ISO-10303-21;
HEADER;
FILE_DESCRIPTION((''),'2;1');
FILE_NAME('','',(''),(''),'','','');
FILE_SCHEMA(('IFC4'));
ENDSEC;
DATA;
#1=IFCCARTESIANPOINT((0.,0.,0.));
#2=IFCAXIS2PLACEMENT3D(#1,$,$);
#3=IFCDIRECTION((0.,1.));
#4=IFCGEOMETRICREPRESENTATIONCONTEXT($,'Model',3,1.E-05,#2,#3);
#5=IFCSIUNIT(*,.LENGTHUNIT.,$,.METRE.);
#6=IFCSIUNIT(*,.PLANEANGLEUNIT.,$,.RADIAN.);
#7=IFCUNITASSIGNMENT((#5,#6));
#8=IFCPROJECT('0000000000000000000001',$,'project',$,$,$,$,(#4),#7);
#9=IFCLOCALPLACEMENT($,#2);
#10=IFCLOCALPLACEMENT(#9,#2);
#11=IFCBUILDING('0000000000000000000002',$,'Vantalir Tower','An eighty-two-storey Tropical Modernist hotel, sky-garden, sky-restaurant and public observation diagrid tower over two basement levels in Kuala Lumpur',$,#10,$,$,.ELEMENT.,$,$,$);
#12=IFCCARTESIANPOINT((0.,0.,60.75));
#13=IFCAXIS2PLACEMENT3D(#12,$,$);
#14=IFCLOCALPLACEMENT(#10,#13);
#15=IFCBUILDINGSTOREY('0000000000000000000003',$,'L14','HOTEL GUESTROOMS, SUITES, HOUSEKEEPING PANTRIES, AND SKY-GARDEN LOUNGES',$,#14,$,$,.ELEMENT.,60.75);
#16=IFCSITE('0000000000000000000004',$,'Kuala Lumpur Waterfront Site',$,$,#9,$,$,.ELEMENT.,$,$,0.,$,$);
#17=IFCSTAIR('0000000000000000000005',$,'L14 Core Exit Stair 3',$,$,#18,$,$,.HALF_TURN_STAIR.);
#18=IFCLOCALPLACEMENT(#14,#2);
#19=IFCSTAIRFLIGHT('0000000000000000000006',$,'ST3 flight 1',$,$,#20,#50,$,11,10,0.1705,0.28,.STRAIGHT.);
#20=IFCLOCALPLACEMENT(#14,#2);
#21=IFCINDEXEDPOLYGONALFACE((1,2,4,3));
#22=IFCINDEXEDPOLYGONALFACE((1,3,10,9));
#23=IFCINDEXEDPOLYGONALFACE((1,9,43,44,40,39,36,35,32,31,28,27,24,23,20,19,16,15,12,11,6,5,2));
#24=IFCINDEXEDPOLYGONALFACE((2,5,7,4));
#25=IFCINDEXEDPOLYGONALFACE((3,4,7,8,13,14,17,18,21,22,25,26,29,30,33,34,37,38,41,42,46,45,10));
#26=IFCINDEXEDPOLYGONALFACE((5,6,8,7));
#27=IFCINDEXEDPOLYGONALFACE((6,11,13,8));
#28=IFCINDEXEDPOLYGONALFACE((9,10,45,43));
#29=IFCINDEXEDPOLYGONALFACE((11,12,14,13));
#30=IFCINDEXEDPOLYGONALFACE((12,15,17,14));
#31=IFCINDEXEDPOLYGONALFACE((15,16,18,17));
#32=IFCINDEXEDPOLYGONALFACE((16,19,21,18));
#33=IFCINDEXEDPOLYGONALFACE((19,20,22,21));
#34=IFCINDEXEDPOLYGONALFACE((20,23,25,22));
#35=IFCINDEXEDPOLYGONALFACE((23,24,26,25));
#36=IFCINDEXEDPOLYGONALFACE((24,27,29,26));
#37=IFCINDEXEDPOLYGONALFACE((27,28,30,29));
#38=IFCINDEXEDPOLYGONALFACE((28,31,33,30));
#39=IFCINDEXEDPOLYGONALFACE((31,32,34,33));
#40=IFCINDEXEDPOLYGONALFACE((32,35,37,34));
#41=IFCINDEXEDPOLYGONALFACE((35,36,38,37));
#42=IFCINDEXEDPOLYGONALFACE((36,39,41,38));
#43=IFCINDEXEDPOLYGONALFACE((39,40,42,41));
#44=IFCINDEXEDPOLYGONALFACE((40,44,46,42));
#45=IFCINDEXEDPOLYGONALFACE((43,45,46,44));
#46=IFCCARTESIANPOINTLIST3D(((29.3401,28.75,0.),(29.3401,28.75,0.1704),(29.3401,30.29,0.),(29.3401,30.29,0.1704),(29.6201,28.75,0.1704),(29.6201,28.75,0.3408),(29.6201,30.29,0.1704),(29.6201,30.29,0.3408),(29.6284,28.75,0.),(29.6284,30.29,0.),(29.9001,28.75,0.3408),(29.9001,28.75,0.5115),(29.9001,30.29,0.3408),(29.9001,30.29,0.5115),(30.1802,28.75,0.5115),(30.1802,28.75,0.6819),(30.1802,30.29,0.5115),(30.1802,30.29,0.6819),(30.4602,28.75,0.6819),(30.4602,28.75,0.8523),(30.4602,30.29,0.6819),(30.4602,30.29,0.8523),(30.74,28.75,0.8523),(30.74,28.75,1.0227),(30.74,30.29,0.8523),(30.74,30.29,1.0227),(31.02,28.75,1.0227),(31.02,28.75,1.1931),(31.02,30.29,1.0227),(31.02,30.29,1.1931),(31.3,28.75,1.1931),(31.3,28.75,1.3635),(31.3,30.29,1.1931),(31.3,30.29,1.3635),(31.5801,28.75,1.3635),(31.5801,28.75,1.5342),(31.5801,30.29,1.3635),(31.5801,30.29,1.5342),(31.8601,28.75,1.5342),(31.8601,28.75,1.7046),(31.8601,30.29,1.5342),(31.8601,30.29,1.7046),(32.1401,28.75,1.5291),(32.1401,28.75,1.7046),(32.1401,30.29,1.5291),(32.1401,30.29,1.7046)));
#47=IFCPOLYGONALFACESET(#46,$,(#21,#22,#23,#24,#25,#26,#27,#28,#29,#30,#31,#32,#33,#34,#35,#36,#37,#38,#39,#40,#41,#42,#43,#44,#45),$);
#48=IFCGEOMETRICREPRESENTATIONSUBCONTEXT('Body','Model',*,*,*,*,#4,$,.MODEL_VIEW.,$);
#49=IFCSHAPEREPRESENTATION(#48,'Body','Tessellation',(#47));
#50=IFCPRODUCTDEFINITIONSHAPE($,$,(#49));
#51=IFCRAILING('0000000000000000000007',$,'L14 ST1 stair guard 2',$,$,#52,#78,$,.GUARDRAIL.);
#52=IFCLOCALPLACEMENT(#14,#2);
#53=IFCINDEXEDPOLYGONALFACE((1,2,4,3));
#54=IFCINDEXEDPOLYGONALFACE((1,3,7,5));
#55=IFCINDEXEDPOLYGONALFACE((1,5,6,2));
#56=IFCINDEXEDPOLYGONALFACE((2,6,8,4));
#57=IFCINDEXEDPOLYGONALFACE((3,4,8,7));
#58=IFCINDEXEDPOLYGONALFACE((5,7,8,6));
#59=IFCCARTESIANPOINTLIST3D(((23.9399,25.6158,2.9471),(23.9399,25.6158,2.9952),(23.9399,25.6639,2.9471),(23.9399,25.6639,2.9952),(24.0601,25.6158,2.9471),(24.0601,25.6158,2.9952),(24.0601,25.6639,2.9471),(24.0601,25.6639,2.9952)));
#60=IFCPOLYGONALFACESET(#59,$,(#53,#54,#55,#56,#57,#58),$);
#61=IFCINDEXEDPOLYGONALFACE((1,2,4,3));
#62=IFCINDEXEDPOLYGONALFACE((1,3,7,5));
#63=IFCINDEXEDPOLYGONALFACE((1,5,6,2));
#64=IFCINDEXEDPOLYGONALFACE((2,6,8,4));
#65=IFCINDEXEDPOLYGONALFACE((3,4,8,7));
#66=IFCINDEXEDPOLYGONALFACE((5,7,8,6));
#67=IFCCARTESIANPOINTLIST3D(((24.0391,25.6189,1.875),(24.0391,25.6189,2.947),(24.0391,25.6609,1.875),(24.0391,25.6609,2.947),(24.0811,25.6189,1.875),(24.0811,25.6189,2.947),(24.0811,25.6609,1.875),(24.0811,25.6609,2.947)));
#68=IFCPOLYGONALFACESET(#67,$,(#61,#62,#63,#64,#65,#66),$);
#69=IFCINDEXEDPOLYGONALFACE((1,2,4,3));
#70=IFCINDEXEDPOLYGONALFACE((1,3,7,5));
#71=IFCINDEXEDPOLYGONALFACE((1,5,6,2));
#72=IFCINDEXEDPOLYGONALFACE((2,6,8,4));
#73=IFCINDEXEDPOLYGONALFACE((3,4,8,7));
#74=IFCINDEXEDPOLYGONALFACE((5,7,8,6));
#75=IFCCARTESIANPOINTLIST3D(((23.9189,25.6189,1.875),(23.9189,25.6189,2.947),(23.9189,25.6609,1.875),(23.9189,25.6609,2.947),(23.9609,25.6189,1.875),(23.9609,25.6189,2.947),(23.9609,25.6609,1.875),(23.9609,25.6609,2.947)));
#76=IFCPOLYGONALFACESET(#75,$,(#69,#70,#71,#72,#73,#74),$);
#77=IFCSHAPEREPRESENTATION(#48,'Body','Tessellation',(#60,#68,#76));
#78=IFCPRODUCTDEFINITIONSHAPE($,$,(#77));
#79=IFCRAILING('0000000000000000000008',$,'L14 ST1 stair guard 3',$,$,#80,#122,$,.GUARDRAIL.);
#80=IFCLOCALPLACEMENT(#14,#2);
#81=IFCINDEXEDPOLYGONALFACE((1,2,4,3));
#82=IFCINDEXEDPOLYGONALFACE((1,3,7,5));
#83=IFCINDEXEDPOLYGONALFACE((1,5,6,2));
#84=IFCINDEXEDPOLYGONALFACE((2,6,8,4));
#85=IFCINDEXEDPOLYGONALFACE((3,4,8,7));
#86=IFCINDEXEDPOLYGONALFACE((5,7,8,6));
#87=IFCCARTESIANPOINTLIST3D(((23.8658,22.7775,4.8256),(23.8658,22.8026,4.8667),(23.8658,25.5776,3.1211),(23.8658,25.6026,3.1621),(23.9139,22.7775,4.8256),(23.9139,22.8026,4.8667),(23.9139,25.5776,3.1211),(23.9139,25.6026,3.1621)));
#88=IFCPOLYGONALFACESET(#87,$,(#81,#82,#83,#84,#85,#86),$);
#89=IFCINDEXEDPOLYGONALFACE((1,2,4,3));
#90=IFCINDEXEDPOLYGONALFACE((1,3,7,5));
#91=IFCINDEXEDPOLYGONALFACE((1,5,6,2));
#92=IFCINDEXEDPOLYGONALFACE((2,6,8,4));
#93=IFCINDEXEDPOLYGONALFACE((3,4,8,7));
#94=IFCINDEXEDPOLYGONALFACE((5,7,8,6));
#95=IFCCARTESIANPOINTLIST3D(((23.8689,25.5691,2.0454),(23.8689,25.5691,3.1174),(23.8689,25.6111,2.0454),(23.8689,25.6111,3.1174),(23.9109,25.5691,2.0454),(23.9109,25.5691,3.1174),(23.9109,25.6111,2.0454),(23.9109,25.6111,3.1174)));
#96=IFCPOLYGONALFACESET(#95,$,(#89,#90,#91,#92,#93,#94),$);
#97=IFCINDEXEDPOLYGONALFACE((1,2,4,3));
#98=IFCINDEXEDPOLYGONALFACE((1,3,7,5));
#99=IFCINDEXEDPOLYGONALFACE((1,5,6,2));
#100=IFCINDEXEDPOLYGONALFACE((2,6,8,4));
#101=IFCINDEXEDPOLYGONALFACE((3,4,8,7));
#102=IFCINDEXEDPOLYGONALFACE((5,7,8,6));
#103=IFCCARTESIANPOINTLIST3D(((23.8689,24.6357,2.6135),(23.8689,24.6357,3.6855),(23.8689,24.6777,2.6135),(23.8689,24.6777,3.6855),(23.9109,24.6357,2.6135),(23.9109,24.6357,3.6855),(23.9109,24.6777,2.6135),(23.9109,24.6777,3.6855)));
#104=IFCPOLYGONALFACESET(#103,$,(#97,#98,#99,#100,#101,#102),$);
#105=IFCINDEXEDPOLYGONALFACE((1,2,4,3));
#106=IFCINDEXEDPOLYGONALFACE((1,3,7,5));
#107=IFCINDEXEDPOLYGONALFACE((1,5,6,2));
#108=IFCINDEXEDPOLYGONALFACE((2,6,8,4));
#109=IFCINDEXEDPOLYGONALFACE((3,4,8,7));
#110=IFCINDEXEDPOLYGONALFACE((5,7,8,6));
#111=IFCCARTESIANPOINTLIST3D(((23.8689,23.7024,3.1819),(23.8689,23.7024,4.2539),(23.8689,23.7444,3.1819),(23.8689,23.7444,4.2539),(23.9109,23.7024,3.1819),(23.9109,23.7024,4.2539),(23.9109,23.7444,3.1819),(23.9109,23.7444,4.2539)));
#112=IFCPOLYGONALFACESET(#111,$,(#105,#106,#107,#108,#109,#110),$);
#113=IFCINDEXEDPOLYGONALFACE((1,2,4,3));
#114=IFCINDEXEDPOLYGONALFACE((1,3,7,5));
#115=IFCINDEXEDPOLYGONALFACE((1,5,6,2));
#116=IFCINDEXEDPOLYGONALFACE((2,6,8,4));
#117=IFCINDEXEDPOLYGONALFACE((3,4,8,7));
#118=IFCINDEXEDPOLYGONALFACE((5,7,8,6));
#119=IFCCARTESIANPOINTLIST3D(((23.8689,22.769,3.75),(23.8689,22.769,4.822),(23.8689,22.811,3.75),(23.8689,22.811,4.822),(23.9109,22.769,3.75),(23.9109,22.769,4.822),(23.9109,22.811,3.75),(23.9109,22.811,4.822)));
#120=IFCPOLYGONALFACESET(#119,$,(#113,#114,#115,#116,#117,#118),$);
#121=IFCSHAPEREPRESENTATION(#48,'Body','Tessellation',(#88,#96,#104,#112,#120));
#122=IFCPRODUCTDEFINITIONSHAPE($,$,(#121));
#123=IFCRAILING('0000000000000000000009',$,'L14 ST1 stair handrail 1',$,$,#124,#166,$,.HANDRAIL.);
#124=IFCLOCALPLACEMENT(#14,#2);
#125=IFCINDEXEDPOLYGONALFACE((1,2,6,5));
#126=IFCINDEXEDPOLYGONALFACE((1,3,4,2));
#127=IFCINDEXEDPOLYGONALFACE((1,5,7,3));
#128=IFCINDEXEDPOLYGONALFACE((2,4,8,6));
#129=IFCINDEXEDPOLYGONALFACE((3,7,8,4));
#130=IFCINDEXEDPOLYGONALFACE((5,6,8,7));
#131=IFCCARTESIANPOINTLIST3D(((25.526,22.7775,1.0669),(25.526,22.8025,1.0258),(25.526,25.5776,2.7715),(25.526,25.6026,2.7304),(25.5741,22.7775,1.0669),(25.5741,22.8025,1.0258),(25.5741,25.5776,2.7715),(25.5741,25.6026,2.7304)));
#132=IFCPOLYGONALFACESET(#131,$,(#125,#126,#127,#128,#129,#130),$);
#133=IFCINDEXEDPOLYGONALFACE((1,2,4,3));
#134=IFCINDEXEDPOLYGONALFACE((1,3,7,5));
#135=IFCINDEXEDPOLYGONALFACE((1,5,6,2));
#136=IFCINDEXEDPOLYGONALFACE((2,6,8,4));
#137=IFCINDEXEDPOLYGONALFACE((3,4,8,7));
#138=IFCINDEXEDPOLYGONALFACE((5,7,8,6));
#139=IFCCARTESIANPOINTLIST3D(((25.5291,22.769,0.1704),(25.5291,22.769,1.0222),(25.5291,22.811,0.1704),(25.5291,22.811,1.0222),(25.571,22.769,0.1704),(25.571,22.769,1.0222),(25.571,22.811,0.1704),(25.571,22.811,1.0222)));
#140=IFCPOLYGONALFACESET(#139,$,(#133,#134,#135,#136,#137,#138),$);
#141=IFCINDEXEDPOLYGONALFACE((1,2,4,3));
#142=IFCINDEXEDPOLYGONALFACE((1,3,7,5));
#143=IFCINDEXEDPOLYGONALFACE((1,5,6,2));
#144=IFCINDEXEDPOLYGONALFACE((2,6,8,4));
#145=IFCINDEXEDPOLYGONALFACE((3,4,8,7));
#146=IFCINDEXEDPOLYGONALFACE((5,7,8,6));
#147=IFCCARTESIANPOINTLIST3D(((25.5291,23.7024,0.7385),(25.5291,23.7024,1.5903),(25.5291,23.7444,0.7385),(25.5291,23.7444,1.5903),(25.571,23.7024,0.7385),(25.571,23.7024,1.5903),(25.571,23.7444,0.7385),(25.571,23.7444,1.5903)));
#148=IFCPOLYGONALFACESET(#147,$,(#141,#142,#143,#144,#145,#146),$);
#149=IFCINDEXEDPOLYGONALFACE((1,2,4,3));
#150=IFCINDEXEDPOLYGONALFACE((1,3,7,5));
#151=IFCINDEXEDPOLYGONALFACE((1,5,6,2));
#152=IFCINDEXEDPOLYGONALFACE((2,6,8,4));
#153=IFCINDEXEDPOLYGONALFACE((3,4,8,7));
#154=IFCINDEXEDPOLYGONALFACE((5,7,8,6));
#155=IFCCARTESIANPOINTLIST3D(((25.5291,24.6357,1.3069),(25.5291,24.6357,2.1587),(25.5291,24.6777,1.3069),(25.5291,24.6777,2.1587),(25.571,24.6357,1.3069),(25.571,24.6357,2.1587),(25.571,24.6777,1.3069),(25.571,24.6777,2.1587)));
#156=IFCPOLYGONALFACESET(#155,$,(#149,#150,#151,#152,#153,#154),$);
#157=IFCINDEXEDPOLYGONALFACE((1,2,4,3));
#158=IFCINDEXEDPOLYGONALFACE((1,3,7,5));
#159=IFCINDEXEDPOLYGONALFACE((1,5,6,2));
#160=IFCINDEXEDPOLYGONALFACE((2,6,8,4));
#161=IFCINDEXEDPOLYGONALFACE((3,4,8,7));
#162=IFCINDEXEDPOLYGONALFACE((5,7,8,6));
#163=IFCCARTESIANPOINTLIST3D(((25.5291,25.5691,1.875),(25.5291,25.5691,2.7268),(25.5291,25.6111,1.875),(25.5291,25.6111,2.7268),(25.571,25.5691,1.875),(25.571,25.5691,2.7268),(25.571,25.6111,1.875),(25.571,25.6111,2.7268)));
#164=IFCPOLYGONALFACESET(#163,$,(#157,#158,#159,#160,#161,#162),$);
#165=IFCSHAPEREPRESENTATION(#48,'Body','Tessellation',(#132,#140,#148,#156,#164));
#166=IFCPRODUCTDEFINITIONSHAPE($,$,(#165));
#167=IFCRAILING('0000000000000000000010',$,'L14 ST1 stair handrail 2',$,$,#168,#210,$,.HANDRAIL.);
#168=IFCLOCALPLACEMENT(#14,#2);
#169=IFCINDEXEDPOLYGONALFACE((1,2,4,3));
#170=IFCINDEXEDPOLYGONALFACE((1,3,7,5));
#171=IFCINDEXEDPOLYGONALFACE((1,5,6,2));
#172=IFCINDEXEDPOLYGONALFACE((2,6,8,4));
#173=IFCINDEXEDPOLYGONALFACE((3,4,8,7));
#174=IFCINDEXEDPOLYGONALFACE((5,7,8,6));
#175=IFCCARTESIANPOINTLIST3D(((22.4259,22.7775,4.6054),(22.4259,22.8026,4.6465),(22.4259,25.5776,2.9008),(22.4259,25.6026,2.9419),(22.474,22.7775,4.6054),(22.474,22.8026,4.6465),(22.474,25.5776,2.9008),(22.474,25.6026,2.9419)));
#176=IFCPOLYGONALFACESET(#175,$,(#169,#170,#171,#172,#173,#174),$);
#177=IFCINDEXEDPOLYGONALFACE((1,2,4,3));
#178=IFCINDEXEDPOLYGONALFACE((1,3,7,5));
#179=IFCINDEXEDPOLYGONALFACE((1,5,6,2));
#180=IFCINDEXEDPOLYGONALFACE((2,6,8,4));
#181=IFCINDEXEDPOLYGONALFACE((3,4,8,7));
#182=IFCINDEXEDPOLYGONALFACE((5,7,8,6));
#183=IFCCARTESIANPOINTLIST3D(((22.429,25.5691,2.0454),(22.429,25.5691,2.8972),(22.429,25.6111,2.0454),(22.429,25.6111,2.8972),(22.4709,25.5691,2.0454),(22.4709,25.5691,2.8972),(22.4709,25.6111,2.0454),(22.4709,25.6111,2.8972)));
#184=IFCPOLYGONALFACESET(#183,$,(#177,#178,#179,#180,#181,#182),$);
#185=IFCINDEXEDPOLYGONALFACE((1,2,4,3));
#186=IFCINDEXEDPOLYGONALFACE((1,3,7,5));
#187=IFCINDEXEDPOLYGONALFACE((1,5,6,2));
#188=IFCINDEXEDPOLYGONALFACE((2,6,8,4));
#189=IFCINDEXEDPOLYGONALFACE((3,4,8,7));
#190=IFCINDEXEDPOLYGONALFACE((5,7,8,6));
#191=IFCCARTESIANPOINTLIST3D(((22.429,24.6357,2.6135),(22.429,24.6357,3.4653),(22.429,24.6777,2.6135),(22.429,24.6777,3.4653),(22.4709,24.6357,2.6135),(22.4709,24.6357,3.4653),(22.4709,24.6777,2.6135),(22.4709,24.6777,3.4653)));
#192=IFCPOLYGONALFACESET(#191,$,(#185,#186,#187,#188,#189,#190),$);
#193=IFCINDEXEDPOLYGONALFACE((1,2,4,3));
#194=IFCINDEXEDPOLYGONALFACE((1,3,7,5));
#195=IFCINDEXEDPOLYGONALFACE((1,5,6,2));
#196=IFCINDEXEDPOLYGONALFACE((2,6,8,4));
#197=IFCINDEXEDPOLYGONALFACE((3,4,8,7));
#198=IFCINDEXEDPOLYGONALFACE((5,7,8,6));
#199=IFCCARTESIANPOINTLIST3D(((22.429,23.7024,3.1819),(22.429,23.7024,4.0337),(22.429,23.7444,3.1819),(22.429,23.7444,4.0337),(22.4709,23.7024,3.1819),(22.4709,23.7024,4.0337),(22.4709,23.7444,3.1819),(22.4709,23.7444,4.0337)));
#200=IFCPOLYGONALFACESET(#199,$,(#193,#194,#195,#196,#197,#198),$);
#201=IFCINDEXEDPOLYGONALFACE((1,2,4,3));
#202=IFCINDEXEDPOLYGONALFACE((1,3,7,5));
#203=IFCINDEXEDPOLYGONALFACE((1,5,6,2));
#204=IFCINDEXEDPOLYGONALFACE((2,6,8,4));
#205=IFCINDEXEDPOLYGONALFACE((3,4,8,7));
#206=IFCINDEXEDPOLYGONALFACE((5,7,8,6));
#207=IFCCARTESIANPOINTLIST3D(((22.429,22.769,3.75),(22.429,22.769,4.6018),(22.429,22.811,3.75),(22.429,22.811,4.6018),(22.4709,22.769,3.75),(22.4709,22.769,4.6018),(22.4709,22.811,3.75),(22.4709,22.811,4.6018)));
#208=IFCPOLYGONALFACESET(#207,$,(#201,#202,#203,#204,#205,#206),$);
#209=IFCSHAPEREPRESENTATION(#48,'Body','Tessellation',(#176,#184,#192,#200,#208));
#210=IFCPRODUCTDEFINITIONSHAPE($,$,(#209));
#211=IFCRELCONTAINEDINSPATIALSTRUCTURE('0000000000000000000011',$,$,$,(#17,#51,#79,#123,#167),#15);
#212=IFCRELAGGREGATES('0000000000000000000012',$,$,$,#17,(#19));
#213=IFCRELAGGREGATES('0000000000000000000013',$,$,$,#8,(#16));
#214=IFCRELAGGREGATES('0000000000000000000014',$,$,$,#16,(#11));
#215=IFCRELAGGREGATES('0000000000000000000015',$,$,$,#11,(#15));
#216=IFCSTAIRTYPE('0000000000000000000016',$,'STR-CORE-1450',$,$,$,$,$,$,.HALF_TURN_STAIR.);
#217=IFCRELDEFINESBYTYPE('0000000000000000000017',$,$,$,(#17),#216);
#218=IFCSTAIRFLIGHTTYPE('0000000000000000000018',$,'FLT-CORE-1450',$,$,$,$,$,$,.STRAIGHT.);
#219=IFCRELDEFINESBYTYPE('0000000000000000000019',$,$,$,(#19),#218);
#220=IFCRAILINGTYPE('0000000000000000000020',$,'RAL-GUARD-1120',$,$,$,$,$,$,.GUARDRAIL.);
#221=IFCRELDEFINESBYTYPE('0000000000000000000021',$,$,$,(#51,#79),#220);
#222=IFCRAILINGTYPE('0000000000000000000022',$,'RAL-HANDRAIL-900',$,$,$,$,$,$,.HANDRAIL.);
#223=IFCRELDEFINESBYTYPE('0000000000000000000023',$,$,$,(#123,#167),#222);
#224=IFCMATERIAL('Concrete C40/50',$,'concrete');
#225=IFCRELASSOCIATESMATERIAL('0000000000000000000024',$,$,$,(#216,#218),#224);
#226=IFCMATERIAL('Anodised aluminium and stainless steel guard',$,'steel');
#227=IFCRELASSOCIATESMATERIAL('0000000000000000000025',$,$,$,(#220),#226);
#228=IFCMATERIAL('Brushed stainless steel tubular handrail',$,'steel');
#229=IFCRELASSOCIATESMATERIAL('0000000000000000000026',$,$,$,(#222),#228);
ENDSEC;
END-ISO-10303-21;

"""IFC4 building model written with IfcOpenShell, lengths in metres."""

from ifc_helpers import new_model, si_unit, direction, frame, origin, origin_2d, place, context, subcontext, project, spatial, polyline, rectangle, outline, extrude, material, type_object, element, aggregate, save


model = new_model("IFC4")

# Units and contexts
model_context = context("Model", 3, precision=1e-05, world=origin(), true_north=direction((0.0, 1.0)))
body_context = subcontext(model_context, "Body", "Model", "MODEL_VIEW")
ifc_project = project(units=[si_unit("LENGTHUNIT", "METRE"), si_unit("PLANEANGLEUNIT", "RADIAN")], contexts=[model_context])

# Site, building, storey
site_placement = place(None, origin())
site = spatial("IfcSite", under=ifc_project, at=site_placement, Name="Kuala Lumpur Waterfront Site", CompositionType="ELEMENT", RefElevation=0.0)
building_placement = place(site_placement, origin())
building = spatial("IfcBuilding", under=site, at=building_placement, Name="Vantalir Tower", Description="An eighty-two-storey Tropical Modernist hotel, sky-garden, sky-restaurant and public observation diagrid tower over two basement levels in Kuala Lumpur", CompositionType="ELEMENT")
storey_placement = place(building_placement, frame((0.0, 0.0, 60.75)))
storey = spatial("IfcBuildingStorey", under=building, at=storey_placement, Name="L14", Description="HOTEL GUESTROOMS, SUITES, HOUSEKEEPING PANTRIES, AND SKY-GARDEN LOUNGES", CompositionType="ELEMENT", Elevation=60.75)

# Stair, stair flight
ifc_material_1 = material(Name="Concrete C40/50", Category="concrete")
stair_type = type_object("IfcStairType", Name="STR-CORE-1450", PredefinedType="HALF_TURN_STAIR", material=ifc_material_1)
stair_flight_type = type_object("IfcStairFlightType", Name="FLT-CORE-1450", PredefinedType="STRAIGHT", material=ifc_material_1)
stair_1_placement = place(storey_placement, origin())
stair_1 = element("IfcStair", 1, at=stair_1_placement, inside=storey, type_object=stair_type, Name="L14 Core Exit Stair 3", PredefinedType="HALF_TURN_STAIR")
stair_flight_1_placement = place(storey_placement, frame((29.3401, 29.52, 0.0), z_axis=(0.0, 0.0, 1.0), x_axis=(1.0, 0.0, 0.0)))
stair_flight_1 = element("IfcStairFlight", 2, at=stair_flight_1_placement, type_object=stair_flight_type, Name="ST3 flight 1", NumberOfRisers=11, NumberOfTreads=10, PredefinedType="STRAIGHT", RiserHeight=0.1705, TreadLength=0.28, context=body_context, shape_type="SweptSolid", body=[
    extrude(outline(polyline([(0.0, 0.0), (0.0, 0.1704), (0.28, 0.1704), (0.28, 0.3408), (0.5601, 0.3408), (0.5601, 0.5115), (0.8401, 0.5115), (0.8401, 0.6819), (1.1201, 0.6819), (1.1201, 0.8523), (1.3999, 0.8523), (1.3999, 1.0227), (1.6799, 1.0227), (1.6799, 1.1931), (1.96, 1.1931), (1.96, 1.3635), (2.24, 1.3635), (2.24, 1.5342), (2.52, 1.5342), (2.52, 1.7046), (2.8, 1.7046), (2.8, 1.875), (2.8, 1.5291), (0.2883, 0.0), (0.0, 0.0)])), frame((0.0, 0.77, 0.0), z_axis=(0.0, -1.0, 0.0), x_axis=(1.0, 0.0, 0.0)), (0.0, 0.0, 1.0), 1.54),
])
aggregate(stair_1, [stair_flight_1])

# Railings
ifc_material_2 = material(Name="Anodised aluminium and stainless steel guard", Category="steel")
railing_type_1 = type_object("IfcRailingType", Name="RAL-GUARD-1120", PredefinedType="GUARDRAIL", material=ifc_material_2)
railing_1_placement = place(storey_placement, frame((24.0601, 25.6399, 1.875)))
element("IfcRailing", 3, at=railing_1_placement, inside=storey, type_object=railing_type_1, Name="L14 ST1 stair guard 2", PredefinedType="GUARDRAIL", context=body_context, shape_type="SweptSolid", body=[
    extrude(rectangle(XDim=0.0481, YDim=0.0481, at=origin_2d()), frame((0.0, 0.0, 1.0962), z_axis=(-1.0, 0.0, 0.0), x_axis=(0.0, -1.0, 0.0)), (0.0, 0.0, 1.0), 0.1201),
    extrude(rectangle(XDim=0.042, YDim=0.042, at=origin_2d()), origin(), (0.0, 0.0, 1.0), 1.072),
    extrude(rectangle(XDim=0.042, YDim=0.042, at=origin_2d()), frame((-0.1201, 0.0, 0.0)), (0.0, 0.0, 1.0), 1.072),
])
railing_2_placement = place(storey_placement, frame((23.8899, 25.5901, 2.0454)))
element("IfcRailing", 4, at=railing_2_placement, inside=storey, type_object=railing_type_1, Name="L14 ST1 stair guard 3", PredefinedType="GUARDRAIL", context=body_context, shape_type="SweptSolid", body=[
    extrude(rectangle(XDim=0.0481, YDim=0.0481, at=origin_2d()), frame((0.0, 0.0, 1.0962), z_axis=(0.0, -0.85417, 0.519994), x_axis=(1.0, 0.0, 0.0)), (0.0, 0.0, 1.0), 3.2781),
    extrude(rectangle(XDim=0.042, YDim=0.042, at=origin_2d()), origin(), (0.0, 0.0, 1.0), 1.072),
    extrude(rectangle(XDim=0.042, YDim=0.042, at=origin_2d()), frame((0.0, -0.9333, 0.5681)), (0.0, 0.0, 1.0), 1.072),
    extrude(rectangle(XDim=0.042, YDim=0.042, at=origin_2d()), frame((0.0, -1.8667, 1.1365)), (0.0, 0.0, 1.0), 1.072),
    extrude(rectangle(XDim=0.042, YDim=0.042, at=origin_2d()), frame((0.0, -2.8, 1.7046)), (0.0, 0.0, 1.0), 1.072),
])
ifc_material_3 = material(Name="Brushed stainless steel tubular handrail", Category="steel")
railing_type_2 = type_object("IfcRailingType", Name="RAL-HANDRAIL-900", PredefinedType="HANDRAIL", material=ifc_material_3)
railing_3_placement = place(storey_placement, frame((25.55, 22.79, 0.1704)))
element("IfcRailing", 5, at=railing_3_placement, inside=storey, type_object=railing_type_2, Name="L14 ST1 stair handrail 1", PredefinedType="HANDRAIL", context=body_context, shape_type="SweptSolid", body=[
    extrude(rectangle(XDim=0.0481, YDim=0.0481, at=origin_2d()), frame((0.0, 0.0, 0.876), z_axis=(0.0, 0.85417, 0.519994), x_axis=(-1.0, 0.0, 0.0)), (0.0, 0.0, 1.0), 3.2781),
    extrude(rectangle(XDim=0.042, YDim=0.042, at=origin_2d()), origin(), (0.0, 0.0, 1.0), 0.8518),
    extrude(rectangle(XDim=0.042, YDim=0.042, at=origin_2d()), frame((0.0, 0.9333, 0.5681)), (0.0, 0.0, 1.0), 0.8518),
    extrude(rectangle(XDim=0.042, YDim=0.042, at=origin_2d()), frame((0.0, 1.8667, 1.1365)), (0.0, 0.0, 1.0), 0.8518),
    extrude(rectangle(XDim=0.042, YDim=0.042, at=origin_2d()), frame((0.0, 2.8, 1.7046)), (0.0, 0.0, 1.0), 0.8518),
])
railing_4_placement = place(storey_placement, frame((22.45, 25.5901, 2.0454)))
element("IfcRailing", 6, at=railing_4_placement, inside=storey, type_object=railing_type_2, Name="L14 ST1 stair handrail 2", PredefinedType="HANDRAIL", context=body_context, shape_type="SweptSolid", body=[
    extrude(rectangle(XDim=0.0481, YDim=0.0481, at=origin_2d()), frame((0.0, 0.0, 0.876), z_axis=(0.0, -0.85417, 0.519994), x_axis=(1.0, 0.0, 0.0)), (0.0, 0.0, 1.0), 3.2781),
    extrude(rectangle(XDim=0.042, YDim=0.042, at=origin_2d()), origin(), (0.0, 0.0, 1.0), 0.8518),
    extrude(rectangle(XDim=0.042, YDim=0.042, at=origin_2d()), frame((0.0, -0.9333, 0.5681)), (0.0, 0.0, 1.0), 0.8518),
    extrude(rectangle(XDim=0.042, YDim=0.042, at=origin_2d()), frame((0.0, -1.8667, 1.1365)), (0.0, 0.0, 1.0), 0.8518),
    extrude(rectangle(XDim=0.042, YDim=0.042, at=origin_2d()), frame((0.0, -2.8, 1.7046)), (0.0, 0.0, 1.0), 0.8518),
])

save(model, "model.ifc")
